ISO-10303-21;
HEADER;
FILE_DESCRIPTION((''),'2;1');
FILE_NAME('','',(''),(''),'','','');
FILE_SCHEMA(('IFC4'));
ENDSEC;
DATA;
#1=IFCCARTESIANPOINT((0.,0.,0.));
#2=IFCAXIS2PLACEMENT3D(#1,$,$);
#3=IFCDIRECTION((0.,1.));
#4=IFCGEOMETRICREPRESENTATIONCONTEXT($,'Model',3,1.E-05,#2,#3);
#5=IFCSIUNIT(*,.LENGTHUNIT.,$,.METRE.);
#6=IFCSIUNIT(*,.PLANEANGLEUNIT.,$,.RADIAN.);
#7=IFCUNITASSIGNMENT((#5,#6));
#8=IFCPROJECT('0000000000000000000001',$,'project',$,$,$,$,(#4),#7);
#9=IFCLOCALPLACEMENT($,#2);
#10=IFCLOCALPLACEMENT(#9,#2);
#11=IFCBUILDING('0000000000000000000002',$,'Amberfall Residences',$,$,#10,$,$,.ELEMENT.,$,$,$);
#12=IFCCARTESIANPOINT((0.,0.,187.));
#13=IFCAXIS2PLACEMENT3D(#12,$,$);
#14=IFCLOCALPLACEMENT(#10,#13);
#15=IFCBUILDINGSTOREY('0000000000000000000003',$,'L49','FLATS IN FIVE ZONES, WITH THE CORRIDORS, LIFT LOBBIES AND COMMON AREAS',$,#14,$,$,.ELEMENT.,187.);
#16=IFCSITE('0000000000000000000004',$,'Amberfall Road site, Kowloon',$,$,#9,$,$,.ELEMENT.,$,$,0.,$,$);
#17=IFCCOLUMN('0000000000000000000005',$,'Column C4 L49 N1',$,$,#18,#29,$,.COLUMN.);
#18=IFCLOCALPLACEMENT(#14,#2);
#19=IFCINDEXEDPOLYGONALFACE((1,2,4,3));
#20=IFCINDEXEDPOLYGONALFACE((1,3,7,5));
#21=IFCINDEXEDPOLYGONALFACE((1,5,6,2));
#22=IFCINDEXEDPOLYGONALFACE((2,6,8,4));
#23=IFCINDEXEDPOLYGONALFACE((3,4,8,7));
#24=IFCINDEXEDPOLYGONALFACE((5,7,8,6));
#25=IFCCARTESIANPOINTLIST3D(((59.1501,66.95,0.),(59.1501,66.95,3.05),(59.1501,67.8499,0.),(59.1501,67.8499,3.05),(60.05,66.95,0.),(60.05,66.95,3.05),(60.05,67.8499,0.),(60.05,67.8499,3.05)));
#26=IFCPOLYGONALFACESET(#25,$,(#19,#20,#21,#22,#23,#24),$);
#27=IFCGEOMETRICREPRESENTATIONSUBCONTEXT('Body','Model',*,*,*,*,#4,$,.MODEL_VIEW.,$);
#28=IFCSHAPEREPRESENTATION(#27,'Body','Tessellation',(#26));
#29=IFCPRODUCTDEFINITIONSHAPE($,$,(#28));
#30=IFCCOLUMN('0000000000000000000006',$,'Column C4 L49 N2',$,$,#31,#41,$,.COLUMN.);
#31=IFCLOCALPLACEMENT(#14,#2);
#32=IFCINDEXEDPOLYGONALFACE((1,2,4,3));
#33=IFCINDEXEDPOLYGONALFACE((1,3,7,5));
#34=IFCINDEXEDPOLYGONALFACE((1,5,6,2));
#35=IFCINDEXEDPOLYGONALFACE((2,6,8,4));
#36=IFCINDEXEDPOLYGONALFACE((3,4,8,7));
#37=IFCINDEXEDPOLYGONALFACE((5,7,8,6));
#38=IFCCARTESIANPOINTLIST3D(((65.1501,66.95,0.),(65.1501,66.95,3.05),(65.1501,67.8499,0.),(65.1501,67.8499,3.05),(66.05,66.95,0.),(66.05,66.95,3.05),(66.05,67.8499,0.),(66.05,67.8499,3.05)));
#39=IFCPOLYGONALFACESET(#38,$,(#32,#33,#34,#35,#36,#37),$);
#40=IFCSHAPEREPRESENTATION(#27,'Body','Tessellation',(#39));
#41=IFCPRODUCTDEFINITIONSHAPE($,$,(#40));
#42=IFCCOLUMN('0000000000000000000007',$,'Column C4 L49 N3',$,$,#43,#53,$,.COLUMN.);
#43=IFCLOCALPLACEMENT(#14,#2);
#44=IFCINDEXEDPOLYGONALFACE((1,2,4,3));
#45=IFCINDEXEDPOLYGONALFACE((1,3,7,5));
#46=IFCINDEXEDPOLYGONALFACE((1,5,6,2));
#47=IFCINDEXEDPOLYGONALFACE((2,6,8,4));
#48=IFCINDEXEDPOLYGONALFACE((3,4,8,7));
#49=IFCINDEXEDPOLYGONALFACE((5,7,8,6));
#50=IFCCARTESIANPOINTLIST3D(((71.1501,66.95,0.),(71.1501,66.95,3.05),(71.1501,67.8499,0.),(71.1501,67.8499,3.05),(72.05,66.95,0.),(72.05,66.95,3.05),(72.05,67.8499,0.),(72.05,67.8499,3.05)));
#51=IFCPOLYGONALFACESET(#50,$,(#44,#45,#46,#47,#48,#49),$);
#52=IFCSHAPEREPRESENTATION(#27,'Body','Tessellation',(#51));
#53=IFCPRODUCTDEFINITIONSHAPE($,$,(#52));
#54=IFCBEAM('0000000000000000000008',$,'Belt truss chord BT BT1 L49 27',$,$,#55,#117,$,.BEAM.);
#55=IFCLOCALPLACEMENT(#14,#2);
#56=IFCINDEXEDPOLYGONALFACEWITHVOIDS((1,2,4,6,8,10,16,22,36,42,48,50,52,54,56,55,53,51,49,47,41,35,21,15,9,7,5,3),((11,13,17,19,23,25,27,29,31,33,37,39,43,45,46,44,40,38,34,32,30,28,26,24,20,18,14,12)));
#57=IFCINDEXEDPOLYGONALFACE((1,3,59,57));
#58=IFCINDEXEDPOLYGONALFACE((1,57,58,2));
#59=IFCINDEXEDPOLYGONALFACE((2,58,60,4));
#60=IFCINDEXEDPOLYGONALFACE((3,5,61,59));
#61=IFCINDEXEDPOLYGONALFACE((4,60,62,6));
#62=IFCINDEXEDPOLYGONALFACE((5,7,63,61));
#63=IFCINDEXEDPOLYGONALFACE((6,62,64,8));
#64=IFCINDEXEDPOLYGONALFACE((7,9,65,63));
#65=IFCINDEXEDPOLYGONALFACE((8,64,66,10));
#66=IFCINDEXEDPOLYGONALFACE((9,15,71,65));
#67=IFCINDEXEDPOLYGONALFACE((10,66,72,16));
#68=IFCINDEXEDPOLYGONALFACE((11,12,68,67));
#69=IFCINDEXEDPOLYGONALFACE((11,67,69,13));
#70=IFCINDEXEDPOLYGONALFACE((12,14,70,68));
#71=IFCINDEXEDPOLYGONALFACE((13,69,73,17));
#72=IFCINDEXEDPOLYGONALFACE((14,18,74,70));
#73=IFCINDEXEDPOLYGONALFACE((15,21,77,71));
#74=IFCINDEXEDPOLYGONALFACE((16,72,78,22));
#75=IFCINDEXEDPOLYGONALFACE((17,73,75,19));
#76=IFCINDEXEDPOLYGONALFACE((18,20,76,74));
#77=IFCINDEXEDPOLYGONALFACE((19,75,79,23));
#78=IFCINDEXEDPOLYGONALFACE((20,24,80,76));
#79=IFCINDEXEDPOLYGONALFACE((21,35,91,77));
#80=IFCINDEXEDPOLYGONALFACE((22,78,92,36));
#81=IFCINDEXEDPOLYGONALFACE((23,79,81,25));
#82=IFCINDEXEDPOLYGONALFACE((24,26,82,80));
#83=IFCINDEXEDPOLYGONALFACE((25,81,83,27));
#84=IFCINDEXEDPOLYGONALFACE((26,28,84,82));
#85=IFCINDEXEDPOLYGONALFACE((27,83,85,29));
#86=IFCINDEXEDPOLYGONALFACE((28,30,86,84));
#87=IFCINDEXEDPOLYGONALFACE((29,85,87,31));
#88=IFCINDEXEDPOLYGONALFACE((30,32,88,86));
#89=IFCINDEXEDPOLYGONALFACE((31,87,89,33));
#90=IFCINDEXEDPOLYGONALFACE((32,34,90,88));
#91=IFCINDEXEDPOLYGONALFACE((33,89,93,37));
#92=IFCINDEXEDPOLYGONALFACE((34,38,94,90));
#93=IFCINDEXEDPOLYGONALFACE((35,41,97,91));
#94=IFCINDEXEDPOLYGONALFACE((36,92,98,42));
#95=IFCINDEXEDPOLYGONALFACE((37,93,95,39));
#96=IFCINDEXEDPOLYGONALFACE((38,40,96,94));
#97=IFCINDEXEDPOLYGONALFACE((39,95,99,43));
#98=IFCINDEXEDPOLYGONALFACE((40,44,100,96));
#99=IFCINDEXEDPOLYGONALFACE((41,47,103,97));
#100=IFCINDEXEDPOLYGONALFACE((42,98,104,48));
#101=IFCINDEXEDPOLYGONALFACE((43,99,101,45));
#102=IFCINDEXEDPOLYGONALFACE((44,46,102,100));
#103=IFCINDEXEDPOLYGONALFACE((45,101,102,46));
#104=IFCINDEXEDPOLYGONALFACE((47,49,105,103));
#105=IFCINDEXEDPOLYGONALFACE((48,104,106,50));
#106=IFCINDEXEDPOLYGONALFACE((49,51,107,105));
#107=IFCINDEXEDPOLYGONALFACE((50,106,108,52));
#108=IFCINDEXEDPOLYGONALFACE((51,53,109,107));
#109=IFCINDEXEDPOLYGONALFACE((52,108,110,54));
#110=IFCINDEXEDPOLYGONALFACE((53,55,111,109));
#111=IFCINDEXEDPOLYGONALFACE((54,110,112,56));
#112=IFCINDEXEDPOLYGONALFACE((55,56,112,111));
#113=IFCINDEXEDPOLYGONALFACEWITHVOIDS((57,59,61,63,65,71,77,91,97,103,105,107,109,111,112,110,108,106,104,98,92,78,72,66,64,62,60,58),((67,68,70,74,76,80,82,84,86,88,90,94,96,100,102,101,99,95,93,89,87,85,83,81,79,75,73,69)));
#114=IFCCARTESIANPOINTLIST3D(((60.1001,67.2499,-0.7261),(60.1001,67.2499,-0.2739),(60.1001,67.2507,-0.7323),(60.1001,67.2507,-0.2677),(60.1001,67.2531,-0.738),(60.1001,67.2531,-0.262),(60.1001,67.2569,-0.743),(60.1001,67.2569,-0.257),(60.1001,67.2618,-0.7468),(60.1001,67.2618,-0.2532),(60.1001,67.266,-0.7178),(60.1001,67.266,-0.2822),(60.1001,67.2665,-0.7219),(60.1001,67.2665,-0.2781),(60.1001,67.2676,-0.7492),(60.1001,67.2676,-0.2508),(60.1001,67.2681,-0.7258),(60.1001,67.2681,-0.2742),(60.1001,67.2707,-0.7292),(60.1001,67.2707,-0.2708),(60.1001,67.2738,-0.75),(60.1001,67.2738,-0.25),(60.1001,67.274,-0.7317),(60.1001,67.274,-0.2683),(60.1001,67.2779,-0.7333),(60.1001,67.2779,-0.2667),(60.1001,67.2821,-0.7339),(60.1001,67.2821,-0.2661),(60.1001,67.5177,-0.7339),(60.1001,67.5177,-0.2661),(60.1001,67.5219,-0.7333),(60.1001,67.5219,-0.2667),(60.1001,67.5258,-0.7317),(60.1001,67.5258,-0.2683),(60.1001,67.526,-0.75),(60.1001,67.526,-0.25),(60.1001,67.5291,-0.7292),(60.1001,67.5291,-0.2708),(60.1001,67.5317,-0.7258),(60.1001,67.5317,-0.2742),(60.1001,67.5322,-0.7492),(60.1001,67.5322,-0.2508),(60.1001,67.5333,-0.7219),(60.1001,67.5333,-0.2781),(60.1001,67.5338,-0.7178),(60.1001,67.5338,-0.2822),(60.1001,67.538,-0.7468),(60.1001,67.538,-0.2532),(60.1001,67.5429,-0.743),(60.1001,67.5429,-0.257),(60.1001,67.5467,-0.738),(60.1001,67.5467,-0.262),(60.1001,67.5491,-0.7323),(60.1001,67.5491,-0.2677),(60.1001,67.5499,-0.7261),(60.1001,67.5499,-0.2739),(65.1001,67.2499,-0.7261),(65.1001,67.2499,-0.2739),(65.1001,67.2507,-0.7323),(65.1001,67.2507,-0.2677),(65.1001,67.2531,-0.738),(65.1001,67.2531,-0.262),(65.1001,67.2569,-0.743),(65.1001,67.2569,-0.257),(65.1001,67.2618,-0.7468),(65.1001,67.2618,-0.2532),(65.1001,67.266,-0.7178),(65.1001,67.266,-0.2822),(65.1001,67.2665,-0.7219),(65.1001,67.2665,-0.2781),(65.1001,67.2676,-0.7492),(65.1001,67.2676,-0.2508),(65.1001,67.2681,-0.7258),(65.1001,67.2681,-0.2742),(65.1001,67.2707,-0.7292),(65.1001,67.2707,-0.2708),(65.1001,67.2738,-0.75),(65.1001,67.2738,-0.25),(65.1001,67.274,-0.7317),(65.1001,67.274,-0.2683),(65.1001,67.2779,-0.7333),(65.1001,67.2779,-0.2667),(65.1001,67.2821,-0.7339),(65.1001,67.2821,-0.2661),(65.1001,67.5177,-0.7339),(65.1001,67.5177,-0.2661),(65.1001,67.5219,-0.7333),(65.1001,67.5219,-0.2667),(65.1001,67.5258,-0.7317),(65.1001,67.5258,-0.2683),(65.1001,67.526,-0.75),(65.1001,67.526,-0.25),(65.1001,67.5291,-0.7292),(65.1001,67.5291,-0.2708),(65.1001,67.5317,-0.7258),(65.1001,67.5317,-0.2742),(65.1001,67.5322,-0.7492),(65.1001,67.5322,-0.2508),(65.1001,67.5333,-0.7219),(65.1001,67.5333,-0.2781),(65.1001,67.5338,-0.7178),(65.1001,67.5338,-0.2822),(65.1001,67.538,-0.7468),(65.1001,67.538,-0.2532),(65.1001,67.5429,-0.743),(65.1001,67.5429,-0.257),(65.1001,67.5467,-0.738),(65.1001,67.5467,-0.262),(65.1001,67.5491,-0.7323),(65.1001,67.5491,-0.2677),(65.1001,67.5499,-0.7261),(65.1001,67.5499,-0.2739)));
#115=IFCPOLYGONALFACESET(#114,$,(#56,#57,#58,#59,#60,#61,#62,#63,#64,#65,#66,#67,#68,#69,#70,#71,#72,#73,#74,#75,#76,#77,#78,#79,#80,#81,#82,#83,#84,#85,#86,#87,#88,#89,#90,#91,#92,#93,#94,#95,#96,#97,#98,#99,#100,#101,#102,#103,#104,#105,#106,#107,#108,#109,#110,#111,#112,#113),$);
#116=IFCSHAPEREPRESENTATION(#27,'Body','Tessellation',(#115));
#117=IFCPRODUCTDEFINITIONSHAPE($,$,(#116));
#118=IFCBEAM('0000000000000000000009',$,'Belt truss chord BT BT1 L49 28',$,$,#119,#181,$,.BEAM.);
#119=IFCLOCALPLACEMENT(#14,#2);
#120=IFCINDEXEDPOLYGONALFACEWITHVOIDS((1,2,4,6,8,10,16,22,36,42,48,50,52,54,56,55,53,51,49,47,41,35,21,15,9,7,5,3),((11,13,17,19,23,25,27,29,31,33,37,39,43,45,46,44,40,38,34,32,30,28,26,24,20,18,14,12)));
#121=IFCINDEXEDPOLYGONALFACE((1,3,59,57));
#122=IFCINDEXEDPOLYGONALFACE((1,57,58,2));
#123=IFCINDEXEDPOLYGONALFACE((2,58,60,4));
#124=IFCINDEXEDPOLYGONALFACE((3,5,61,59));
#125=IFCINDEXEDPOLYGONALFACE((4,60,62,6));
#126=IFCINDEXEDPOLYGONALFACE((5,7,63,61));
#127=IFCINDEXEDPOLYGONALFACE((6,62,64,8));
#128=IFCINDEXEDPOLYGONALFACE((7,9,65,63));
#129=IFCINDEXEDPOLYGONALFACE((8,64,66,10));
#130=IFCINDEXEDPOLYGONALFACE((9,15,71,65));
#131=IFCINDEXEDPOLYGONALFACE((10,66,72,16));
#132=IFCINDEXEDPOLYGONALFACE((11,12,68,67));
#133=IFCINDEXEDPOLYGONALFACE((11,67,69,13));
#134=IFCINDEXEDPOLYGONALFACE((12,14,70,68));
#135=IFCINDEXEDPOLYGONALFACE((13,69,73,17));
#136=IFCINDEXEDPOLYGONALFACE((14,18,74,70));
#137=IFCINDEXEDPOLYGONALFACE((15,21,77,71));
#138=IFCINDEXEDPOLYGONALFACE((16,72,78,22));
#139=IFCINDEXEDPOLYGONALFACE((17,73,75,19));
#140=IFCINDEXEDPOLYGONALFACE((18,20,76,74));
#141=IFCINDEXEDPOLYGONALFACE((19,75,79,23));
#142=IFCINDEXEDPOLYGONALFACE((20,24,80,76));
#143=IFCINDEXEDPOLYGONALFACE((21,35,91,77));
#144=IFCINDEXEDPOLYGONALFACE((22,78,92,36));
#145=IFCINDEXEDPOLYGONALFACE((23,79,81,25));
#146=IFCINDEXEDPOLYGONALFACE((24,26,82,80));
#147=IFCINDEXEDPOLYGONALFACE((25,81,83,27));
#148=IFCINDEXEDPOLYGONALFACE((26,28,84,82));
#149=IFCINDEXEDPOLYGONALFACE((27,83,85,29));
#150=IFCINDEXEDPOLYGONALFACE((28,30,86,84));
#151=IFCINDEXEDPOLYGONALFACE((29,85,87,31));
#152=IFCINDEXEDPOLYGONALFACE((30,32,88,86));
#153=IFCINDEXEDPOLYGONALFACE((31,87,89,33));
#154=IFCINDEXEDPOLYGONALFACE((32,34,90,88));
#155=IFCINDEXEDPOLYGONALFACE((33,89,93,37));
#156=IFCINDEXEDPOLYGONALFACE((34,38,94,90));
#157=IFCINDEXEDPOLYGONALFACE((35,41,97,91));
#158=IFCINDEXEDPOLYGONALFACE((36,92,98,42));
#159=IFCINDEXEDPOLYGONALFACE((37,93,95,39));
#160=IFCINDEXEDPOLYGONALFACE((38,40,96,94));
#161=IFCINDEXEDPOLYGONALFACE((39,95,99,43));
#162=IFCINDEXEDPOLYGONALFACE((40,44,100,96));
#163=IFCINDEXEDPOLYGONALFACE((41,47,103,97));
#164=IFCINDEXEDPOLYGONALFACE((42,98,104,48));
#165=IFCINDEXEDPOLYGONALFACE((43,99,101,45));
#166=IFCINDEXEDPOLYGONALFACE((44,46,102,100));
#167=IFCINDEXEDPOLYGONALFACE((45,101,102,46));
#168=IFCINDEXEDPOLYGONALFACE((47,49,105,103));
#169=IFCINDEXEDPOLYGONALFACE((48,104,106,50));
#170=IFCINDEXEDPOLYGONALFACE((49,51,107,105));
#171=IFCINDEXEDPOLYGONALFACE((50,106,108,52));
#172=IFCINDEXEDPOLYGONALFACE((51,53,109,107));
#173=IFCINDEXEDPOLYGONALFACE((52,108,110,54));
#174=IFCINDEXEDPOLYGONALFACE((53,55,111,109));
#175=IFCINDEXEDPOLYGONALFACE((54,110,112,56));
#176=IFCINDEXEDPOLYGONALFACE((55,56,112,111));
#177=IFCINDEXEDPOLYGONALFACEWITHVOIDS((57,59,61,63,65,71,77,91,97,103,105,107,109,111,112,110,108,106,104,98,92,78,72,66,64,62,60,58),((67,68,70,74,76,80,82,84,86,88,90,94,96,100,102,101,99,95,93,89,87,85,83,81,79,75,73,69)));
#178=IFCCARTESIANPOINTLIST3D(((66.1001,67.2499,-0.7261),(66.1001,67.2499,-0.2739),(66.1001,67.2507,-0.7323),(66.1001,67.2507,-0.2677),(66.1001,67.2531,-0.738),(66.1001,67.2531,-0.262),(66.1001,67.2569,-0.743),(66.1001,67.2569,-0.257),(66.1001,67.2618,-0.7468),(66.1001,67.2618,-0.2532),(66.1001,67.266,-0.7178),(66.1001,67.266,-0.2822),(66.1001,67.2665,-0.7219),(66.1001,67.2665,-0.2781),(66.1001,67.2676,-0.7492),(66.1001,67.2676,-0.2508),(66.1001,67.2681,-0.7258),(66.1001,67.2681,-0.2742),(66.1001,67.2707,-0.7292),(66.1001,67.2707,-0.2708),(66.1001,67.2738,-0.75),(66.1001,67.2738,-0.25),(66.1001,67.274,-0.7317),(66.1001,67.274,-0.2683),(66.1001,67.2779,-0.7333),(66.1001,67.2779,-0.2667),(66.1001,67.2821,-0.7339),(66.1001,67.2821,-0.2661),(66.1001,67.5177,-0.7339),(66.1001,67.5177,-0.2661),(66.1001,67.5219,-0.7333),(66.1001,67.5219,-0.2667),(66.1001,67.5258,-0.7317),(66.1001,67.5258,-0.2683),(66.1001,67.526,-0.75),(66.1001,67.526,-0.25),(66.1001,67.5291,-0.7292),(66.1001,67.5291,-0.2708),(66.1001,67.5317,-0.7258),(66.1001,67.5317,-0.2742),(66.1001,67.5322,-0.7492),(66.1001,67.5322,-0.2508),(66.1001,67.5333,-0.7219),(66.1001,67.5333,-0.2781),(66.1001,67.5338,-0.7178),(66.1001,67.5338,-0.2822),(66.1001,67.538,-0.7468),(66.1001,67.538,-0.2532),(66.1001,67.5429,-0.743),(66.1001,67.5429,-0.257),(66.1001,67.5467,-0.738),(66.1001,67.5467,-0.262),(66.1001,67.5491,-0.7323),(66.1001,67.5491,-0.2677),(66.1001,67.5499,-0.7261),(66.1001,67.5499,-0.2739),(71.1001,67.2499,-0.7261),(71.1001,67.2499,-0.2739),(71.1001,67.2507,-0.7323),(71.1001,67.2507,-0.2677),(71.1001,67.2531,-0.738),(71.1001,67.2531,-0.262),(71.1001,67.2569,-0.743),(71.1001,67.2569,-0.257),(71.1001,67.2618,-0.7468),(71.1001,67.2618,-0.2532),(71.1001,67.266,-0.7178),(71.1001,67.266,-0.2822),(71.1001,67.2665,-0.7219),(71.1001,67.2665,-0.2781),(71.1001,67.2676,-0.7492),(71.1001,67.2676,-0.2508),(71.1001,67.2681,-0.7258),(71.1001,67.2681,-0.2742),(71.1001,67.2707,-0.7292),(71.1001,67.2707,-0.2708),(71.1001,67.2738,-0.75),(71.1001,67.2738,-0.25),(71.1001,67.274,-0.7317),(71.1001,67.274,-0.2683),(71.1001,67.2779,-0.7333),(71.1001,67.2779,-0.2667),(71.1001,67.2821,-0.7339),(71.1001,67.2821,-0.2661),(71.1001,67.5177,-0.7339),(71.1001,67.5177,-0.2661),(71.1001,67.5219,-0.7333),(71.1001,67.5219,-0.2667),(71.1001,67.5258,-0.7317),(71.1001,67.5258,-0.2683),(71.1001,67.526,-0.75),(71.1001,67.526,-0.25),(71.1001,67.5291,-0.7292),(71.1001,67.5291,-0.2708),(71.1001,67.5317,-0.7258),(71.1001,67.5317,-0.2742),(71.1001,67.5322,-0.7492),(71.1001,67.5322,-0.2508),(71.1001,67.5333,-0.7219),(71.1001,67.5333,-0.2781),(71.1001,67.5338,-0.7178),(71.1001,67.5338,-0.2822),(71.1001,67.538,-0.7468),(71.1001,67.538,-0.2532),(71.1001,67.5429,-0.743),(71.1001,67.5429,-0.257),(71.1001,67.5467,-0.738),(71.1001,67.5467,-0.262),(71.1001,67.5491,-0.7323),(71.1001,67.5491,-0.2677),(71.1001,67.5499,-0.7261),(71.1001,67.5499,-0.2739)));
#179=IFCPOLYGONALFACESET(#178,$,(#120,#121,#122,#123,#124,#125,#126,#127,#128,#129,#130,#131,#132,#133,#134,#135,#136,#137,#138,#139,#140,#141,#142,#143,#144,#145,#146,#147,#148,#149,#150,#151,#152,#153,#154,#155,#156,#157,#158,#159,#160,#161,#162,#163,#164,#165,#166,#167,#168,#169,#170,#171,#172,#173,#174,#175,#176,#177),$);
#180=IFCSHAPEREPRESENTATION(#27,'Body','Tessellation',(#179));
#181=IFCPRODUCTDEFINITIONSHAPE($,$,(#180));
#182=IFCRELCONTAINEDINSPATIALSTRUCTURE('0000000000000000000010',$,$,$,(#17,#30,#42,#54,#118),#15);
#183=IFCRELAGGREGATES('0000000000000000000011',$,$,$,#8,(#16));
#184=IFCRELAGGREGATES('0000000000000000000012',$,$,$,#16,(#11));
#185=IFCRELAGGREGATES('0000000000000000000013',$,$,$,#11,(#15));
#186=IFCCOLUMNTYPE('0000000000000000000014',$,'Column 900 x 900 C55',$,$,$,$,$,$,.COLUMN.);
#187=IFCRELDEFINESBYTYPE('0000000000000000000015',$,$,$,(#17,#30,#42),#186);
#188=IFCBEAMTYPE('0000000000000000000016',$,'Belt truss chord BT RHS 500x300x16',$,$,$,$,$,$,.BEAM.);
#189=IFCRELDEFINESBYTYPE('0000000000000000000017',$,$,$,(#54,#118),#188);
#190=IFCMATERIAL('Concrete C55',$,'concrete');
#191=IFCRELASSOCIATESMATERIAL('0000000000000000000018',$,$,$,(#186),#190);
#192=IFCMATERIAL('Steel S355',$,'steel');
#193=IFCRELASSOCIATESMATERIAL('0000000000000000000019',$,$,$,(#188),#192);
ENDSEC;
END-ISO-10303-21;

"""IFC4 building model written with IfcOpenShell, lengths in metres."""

from ifc_helpers import new_model, si_unit, direction, frame, origin, origin_2d, place, context, subcontext, project, spatial, rectangle, hollow_rectangle, extrude, material, material_profile, profile_set, type_object, element, save


model = new_model("IFC4")

# Units and contexts
model_context = context("Model", 3, precision=1e-05, world=origin(), true_north=direction((0.0, 1.0)))
body_context = subcontext(model_context, "Body", "Model", "MODEL_VIEW")
ifc_project = project(units=[si_unit("LENGTHUNIT", "METRE"), si_unit("PLANEANGLEUNIT", "RADIAN")], contexts=[model_context])

# Site, building, storey
site_placement = place(None, origin())
site = spatial("IfcSite", under=ifc_project, at=site_placement, Name="Amberfall Road site, Kowloon", CompositionType="ELEMENT", RefElevation=0.0)
building_placement = place(site_placement, origin())
building = spatial("IfcBuilding", under=site, at=building_placement, Name="Amberfall Residences", CompositionType="ELEMENT")
storey_placement = place(building_placement, frame((0.0, 0.0, 187.0)))
storey = spatial("IfcBuildingStorey", under=building, at=storey_placement, Name="L49", Description="FLATS IN FIVE ZONES, WITH THE CORRIDORS, LIFT LOBBIES AND COMMON AREAS", CompositionType="ELEMENT", Elevation=187.0)

# Columns
ifc_material_1 = material(Name="Concrete C55", Category="concrete")
ifc_material_profile_1 = material_profile(ifc_material_1, rectangle(XDim=0.8999, YDim=0.8999, at=origin_2d()), Name="Column 900 x 900 C55")
ifc_profile_set_1 = profile_set([ifc_material_profile_1], Name="Concrete C55")
column_type = type_object("IfcColumnType", Name="Column 900 x 900 C55", PredefinedType="COLUMN", material=ifc_profile_set_1)
for number, where, z_axis, x_axis, name in (
    (1, (59.6001, 67.3999, 0.0), (0.0, 0.0, 1.0), (1.0, 0.0, 0.0), "Column C4 L49 N1"),
    (2, (65.6001, 67.3999, 0.0), (0.0, 0.0, 1.0), (1.0, 0.0, 0.0), "Column C4 L49 N2"),
    (3, (71.6001, 67.3999, 0.0), (0.0, 0.0, 1.0), (1.0, 0.0, 0.0), "Column C4 L49 N3"),
):
    element("IfcColumn", number, at=place(storey_placement, frame(where, z_axis=z_axis, x_axis=x_axis)), inside=storey, type_object=column_type, Name=name, PredefinedType="COLUMN", context=body_context, shape_type="SweptSolid", body=[
        extrude(rectangle(XDim=0.8999, YDim=0.8999, at=origin_2d()), origin(), (0.0, 0.0, 1.0), 3.05),
    ])

# Beams
ifc_material_2 = material(Name="Steel S355", Category="steel")
ifc_material_profile_2 = material_profile(ifc_material_2, hollow_rectangle(XDim=0.3, YDim=0.5, WallThickness=0.0161, InnerFilletRadius=0.0161, OuterFilletRadius=0.0239, at=origin_2d()), Name="RHS 500x300x16")
ifc_profile_set_2 = profile_set([ifc_material_profile_2], Name="Steel S355")
beam_type_1 = type_object("IfcBeamType", Name="Belt truss chord BT RHS 500x300x16", PredefinedType="BEAM", material=ifc_profile_set_2)
for number, where, z_axis, x_axis, name in (
    (4, (60.1001, 67.3999, -0.5), (1.0, 0.0, 0.0), (0.0, 1.0, 0.0), "Belt truss chord BT BT1 L49 27"),
    (5, (66.1001, 67.3999, -0.5), (1.0, 0.0, 0.0), (0.0, 1.0, 0.0), "Belt truss chord BT BT1 L49 28"),
):
    element("IfcBeam", number, at=place(storey_placement, frame(where, z_axis=z_axis, x_axis=x_axis)), inside=storey, type_object=beam_type_1, Name=name, PredefinedType="BEAM", context=body_context, shape_type="SweptSolid", body=[
        extrude(hollow_rectangle(XDim=0.3, YDim=0.5, WallThickness=0.0161, InnerFilletRadius=0.0161, OuterFilletRadius=0.0239, at=origin_2d()), origin(), (0.0, 0.0, 1.0), 5.0),
    ])

save(model, "model.ifc")
